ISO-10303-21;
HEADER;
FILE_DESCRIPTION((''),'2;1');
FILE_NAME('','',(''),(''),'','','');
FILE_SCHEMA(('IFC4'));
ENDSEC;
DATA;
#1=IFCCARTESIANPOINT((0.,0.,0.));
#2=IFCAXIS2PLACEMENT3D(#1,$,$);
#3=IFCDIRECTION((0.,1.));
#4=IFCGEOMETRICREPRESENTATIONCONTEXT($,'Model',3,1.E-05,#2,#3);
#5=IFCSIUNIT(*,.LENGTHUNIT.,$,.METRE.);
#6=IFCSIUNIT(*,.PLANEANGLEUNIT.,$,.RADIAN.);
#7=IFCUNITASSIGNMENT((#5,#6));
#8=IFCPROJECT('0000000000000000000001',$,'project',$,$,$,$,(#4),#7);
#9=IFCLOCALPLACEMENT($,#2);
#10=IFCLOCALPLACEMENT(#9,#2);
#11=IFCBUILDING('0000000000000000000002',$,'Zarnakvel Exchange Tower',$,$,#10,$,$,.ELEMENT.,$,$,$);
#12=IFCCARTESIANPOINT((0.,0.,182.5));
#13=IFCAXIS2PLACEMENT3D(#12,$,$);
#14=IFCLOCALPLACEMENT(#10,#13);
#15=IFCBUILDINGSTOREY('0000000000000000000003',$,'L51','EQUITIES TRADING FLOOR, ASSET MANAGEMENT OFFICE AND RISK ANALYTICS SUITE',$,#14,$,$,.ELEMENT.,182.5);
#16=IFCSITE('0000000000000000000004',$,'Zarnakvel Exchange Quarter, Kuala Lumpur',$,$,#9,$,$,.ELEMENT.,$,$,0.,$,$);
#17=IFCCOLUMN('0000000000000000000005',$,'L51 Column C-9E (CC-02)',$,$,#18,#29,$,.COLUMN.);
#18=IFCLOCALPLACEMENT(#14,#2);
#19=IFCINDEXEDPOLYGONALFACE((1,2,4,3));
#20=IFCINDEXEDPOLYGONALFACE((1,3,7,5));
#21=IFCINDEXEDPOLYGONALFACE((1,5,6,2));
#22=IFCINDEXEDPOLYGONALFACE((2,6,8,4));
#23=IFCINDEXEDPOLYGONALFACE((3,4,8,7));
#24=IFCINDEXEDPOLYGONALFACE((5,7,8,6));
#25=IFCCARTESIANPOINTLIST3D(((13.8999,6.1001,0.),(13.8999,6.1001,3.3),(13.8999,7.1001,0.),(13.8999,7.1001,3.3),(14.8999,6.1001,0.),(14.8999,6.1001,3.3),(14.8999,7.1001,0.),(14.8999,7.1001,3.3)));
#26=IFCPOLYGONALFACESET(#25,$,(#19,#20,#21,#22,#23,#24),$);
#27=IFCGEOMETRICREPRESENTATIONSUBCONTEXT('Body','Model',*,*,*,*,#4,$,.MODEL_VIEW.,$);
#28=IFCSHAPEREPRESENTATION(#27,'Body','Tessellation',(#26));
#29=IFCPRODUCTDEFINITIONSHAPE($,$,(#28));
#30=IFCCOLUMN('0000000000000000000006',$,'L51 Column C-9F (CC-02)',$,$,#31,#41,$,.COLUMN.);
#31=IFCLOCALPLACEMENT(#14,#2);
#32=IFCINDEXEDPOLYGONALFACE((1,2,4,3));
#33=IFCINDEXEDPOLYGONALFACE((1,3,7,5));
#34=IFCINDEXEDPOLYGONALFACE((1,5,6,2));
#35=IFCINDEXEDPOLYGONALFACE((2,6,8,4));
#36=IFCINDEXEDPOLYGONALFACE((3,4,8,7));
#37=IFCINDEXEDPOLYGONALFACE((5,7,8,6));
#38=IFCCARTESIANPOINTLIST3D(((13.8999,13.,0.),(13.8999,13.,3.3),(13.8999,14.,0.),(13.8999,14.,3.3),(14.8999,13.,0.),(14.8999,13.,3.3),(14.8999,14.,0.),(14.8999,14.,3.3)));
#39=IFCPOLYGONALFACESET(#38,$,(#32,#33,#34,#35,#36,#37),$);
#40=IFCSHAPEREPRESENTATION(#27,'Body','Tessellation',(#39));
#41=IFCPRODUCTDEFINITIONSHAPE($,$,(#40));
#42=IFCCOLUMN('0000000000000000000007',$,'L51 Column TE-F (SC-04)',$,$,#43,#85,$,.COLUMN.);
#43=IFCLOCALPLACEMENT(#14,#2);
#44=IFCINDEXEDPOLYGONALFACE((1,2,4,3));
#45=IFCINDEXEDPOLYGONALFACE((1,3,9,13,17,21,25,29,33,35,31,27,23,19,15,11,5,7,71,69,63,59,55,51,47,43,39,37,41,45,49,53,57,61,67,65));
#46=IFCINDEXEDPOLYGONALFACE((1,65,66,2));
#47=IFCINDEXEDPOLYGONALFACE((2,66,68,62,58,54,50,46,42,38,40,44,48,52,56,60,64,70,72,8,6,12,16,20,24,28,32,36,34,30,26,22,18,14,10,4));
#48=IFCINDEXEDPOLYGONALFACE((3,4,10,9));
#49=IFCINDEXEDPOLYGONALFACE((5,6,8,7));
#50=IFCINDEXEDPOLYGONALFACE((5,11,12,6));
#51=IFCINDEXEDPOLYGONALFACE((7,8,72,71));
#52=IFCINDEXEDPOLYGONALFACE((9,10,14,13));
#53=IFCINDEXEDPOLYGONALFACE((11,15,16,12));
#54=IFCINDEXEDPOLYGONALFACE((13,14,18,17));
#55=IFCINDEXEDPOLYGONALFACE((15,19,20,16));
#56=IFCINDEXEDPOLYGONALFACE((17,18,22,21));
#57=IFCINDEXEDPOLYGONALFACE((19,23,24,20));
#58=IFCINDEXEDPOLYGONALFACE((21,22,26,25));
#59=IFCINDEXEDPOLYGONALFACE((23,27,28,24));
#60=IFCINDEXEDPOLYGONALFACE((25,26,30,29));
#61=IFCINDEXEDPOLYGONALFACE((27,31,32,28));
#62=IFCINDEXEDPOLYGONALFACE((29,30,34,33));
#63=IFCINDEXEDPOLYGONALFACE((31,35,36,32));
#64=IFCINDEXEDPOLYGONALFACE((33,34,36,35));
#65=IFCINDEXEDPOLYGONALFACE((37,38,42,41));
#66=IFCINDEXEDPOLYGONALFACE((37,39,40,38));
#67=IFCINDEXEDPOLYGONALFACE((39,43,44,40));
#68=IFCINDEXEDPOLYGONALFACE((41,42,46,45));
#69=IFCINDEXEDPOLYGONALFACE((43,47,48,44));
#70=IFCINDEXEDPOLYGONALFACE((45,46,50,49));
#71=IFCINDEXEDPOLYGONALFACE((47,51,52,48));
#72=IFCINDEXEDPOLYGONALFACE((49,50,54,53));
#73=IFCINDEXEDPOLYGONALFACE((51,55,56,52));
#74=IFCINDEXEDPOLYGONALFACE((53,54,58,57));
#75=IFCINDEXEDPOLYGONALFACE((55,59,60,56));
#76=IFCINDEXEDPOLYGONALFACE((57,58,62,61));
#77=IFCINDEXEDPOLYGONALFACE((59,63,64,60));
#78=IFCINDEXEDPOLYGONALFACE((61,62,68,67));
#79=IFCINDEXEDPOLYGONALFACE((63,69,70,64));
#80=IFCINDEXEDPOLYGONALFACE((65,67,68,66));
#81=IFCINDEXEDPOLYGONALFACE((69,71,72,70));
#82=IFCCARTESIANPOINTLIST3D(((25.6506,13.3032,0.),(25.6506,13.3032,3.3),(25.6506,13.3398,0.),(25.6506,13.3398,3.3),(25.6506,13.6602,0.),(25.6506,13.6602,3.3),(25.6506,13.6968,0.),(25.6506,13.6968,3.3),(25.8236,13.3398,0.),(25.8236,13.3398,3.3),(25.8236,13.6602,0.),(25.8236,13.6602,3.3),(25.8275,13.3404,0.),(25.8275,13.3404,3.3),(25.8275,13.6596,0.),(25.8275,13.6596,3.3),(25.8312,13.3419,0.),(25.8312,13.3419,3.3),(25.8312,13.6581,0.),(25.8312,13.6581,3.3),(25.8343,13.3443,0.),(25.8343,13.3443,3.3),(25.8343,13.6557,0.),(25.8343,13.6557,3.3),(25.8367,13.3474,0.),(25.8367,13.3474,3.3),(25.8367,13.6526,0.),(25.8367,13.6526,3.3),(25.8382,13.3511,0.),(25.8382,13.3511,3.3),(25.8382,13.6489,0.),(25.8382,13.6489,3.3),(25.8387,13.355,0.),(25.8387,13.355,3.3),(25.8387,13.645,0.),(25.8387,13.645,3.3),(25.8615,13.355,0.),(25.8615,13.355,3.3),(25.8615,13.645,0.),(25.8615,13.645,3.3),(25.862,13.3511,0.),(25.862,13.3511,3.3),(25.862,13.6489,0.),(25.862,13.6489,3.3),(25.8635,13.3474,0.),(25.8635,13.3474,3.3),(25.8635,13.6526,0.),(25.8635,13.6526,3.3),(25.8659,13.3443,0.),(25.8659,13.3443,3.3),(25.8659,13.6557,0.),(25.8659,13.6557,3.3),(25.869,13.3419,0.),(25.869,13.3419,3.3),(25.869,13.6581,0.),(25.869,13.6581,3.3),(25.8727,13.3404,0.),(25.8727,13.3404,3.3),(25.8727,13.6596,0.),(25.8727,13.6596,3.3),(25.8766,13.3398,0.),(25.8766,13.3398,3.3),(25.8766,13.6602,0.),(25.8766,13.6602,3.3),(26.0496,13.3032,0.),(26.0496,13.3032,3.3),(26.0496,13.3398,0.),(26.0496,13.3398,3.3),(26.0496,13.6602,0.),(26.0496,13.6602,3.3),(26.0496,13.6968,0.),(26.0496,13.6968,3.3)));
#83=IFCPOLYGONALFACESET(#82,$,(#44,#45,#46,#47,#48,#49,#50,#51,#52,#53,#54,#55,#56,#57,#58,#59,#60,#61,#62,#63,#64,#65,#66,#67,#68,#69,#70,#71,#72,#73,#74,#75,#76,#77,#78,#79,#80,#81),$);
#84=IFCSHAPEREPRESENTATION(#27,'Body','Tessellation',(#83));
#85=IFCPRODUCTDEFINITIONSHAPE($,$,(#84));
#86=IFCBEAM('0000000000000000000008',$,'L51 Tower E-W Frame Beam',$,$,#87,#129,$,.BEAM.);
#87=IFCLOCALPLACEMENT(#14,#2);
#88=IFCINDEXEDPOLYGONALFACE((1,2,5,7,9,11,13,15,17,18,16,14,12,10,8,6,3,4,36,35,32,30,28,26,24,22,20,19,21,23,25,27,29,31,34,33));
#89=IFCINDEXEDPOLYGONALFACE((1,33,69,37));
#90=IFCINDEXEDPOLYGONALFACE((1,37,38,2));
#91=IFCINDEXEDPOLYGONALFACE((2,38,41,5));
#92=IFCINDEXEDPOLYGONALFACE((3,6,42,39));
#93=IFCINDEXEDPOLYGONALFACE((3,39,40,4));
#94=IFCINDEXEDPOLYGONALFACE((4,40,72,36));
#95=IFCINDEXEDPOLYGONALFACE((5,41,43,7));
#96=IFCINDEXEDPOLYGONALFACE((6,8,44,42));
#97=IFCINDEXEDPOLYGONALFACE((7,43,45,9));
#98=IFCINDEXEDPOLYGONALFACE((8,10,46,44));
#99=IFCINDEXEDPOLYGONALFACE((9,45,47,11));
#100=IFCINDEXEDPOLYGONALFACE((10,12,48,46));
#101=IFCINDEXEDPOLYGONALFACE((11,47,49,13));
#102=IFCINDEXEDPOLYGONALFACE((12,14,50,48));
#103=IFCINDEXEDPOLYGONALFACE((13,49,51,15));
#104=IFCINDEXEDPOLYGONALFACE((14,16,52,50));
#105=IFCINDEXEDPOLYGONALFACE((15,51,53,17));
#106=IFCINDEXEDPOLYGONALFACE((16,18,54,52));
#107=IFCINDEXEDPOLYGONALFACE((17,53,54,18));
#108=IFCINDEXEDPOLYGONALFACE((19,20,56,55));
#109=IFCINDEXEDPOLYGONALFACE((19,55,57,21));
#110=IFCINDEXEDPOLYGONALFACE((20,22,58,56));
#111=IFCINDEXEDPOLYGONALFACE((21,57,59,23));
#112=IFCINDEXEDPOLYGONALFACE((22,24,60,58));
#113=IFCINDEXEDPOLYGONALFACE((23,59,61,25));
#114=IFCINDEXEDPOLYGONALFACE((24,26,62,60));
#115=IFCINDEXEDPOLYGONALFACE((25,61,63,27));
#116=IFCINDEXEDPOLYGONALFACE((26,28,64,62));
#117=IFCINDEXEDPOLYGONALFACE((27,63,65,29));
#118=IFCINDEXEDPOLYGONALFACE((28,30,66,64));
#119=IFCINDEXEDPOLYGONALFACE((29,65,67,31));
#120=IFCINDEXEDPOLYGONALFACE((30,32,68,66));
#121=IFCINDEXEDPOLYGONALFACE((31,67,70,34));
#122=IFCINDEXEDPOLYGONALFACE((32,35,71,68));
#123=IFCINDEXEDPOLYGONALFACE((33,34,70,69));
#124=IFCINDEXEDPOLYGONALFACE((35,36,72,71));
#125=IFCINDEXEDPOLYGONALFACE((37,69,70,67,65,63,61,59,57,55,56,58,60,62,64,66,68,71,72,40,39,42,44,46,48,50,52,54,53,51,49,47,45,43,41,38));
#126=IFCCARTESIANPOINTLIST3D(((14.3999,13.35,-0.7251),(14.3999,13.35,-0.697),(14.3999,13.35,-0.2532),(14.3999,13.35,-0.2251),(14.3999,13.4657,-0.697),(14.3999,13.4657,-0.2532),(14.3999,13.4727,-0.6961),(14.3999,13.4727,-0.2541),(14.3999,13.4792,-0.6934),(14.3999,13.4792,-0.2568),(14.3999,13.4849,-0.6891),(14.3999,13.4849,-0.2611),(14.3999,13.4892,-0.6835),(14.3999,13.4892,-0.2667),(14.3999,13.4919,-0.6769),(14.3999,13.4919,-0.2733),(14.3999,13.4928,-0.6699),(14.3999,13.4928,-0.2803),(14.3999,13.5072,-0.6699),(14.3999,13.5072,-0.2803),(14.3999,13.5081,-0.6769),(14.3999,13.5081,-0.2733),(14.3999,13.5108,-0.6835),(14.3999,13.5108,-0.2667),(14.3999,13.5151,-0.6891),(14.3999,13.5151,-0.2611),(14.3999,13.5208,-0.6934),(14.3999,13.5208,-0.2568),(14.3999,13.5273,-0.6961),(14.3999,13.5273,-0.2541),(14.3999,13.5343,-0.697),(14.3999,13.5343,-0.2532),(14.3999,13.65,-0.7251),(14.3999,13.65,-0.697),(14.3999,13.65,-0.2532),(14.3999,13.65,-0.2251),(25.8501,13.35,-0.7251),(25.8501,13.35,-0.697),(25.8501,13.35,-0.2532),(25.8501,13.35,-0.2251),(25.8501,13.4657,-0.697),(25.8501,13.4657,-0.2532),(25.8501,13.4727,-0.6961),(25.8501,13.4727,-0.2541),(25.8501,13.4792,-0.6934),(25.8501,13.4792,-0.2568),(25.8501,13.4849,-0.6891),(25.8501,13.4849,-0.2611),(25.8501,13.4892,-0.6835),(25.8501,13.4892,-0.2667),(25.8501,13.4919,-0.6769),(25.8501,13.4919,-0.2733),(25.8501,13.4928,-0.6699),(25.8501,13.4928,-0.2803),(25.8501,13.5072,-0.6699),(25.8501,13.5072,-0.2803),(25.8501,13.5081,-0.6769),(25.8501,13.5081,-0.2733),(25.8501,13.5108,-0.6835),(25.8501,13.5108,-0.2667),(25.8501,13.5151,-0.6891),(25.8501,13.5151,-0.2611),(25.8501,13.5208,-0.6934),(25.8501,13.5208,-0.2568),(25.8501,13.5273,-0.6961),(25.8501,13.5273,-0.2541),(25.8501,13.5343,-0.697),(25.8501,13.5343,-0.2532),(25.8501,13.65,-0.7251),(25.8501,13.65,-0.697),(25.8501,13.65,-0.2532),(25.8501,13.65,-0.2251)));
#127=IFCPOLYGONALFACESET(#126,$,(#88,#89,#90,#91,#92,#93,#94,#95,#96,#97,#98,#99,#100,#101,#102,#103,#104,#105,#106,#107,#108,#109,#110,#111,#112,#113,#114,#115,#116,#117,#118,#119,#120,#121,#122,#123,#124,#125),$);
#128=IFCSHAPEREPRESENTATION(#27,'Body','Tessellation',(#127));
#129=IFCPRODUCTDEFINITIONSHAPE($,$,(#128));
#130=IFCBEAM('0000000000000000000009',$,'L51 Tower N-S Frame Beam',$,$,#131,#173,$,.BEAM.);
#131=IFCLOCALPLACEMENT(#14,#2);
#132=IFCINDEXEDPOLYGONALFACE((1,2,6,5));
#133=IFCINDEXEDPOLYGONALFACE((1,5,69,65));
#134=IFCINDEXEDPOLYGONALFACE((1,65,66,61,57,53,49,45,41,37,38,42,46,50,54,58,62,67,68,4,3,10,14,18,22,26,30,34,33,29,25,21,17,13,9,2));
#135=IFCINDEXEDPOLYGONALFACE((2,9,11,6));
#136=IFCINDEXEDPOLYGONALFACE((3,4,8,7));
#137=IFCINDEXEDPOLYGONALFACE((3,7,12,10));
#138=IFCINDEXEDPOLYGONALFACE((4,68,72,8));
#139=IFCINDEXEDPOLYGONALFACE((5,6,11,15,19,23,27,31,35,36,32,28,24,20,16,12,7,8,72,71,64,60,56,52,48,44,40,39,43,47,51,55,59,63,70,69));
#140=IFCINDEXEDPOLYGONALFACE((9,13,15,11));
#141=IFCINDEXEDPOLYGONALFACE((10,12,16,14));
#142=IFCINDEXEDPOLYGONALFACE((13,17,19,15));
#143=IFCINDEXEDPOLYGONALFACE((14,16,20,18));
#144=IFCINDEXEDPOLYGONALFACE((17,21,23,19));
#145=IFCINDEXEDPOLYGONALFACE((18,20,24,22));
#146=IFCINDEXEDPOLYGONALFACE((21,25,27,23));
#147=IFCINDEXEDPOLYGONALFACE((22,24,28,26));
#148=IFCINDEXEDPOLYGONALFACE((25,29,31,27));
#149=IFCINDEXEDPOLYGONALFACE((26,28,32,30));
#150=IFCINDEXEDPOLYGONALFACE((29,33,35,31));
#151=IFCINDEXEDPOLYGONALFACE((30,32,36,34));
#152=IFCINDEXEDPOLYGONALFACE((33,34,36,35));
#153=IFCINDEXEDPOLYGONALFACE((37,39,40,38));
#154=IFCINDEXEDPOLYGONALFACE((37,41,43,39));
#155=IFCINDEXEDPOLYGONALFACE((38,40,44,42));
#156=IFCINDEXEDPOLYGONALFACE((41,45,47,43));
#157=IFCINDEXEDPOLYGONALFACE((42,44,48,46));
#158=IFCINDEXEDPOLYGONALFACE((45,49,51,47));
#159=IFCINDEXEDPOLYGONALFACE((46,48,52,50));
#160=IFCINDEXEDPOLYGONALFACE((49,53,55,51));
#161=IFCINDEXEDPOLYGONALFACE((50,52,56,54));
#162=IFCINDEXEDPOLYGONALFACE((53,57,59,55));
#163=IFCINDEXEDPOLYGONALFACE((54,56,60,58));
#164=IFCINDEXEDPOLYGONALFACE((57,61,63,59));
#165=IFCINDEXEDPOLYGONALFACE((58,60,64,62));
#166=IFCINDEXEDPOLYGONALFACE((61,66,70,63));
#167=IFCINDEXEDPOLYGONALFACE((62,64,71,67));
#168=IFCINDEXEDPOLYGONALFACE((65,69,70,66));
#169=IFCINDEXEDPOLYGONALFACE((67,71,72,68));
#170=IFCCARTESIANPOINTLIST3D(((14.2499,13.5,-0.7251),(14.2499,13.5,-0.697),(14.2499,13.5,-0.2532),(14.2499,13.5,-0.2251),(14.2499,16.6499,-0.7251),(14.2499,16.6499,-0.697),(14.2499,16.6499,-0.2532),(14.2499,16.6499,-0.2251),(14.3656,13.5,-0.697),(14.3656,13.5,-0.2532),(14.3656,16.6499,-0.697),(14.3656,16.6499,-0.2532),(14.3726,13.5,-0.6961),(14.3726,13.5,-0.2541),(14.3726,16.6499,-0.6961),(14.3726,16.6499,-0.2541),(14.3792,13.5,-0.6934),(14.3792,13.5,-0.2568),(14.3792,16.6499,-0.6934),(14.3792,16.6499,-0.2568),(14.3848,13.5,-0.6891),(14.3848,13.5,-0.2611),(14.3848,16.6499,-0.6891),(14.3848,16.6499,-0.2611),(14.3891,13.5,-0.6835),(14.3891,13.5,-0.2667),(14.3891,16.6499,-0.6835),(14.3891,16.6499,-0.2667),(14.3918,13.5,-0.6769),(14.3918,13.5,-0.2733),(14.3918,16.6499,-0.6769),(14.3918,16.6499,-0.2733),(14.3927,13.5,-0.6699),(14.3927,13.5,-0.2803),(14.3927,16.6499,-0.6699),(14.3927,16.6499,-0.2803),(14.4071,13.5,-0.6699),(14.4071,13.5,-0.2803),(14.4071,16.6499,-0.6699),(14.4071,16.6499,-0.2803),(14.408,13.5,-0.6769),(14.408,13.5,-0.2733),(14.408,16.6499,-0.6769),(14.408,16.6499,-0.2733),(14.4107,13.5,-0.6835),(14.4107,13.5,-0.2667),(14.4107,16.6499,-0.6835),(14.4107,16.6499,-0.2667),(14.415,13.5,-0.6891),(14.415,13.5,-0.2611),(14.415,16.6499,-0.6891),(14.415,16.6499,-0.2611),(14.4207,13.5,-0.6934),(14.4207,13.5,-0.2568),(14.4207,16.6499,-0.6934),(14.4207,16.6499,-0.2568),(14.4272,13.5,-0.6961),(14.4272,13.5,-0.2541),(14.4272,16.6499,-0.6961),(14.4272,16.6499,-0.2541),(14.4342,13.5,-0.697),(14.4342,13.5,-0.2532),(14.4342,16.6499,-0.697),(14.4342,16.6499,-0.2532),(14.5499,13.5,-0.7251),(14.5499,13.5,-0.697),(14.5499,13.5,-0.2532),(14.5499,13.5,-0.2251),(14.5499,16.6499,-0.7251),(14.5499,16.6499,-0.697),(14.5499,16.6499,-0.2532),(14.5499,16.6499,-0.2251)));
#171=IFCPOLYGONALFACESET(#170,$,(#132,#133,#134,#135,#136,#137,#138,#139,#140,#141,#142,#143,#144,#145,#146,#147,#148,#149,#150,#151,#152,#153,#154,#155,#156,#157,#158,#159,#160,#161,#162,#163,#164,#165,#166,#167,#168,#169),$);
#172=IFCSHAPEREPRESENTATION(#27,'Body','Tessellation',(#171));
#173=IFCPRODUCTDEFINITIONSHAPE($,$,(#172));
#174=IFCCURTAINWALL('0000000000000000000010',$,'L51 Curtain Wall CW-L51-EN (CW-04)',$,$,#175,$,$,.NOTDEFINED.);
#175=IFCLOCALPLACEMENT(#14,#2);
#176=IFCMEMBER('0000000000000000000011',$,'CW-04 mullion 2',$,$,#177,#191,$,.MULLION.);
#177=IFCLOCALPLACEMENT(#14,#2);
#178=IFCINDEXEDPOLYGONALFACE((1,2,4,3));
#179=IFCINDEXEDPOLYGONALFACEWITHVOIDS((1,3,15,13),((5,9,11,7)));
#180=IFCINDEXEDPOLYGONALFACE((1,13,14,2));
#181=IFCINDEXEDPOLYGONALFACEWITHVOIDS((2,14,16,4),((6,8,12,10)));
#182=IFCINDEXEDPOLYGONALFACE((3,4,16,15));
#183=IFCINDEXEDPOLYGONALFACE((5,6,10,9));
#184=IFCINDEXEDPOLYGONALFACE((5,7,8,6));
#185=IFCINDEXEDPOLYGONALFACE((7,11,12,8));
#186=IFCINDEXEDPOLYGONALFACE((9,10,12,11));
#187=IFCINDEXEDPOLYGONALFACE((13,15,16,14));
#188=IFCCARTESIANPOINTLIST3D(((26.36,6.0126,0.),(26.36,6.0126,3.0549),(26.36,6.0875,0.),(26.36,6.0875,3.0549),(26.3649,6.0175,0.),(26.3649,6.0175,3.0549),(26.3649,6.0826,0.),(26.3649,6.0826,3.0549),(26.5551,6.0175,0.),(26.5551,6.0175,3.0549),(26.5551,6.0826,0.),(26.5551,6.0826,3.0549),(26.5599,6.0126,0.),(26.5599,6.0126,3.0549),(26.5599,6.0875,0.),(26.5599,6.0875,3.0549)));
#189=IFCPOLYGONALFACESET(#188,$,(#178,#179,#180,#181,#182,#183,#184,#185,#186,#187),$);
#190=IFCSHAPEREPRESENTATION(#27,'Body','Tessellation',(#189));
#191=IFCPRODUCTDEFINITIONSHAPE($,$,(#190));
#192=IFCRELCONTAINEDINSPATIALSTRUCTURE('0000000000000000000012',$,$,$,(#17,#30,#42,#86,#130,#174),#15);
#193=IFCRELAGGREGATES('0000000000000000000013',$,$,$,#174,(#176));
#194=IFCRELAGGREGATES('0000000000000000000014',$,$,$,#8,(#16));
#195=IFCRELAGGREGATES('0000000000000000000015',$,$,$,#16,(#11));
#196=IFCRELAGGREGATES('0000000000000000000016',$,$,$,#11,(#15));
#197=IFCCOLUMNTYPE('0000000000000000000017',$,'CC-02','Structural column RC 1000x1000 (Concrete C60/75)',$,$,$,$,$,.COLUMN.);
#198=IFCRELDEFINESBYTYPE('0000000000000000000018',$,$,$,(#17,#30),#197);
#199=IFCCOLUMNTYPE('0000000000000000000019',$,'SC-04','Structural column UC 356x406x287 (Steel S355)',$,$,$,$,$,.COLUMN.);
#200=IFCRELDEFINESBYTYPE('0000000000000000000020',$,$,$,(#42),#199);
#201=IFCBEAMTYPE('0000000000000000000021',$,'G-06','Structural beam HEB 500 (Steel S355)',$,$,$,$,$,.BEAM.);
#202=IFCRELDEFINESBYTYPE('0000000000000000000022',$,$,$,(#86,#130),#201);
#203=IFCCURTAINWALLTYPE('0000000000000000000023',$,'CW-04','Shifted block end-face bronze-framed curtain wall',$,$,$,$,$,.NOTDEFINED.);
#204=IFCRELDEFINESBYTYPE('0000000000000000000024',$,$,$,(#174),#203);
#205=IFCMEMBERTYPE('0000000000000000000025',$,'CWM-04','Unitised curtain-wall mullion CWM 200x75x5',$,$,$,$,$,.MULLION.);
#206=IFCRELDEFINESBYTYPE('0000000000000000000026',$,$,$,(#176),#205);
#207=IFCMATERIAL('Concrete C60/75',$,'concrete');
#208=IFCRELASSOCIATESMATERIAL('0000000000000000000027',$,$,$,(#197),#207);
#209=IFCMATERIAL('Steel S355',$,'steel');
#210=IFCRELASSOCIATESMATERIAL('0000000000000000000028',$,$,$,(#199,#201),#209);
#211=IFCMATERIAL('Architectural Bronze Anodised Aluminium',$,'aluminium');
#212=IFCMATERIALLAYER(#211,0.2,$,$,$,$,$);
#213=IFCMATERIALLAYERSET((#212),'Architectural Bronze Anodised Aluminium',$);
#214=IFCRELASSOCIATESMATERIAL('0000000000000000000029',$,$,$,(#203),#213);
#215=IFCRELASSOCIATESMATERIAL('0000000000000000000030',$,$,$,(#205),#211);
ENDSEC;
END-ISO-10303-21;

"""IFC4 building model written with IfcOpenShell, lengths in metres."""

from ifc_helpers import new_model, si_unit, direction, frame, origin, origin_2d, place, context, subcontext, project, spatial, rectangle, hollow_rectangle, i_section, extrude, source, transform, mapped, material, layer, layer_set, material_profile, profile_set, type_object, element, aggregate, save


model = new_model("IFC4")

# Units and contexts
model_context = context("Model", 3, precision=1e-05, world=origin(), true_north=direction((0.0, 1.0)))
body_context = subcontext(model_context, "Body", "Model", "MODEL_VIEW")
ifc_project = project(units=[si_unit("LENGTHUNIT", "METRE"), si_unit("PLANEANGLEUNIT", "RADIAN")], contexts=[model_context])

# Site, building, storey
site_placement = place(None, origin())
site = spatial("IfcSite", under=ifc_project, at=site_placement, Name="Zarnakvel Exchange Quarter, Kuala Lumpur", CompositionType="ELEMENT", RefElevation=0.0)
building_placement = place(site_placement, origin())
building = spatial("IfcBuilding", under=site, at=building_placement, Name="Zarnakvel Exchange Tower", CompositionType="ELEMENT")
storey_placement = place(building_placement, frame((0.0, 0.0, 182.5)))
storey = spatial("IfcBuildingStorey", under=building, at=storey_placement, Name="L51", Description="EQUITIES TRADING FLOOR, ASSET MANAGEMENT OFFICE AND RISK ANALYTICS SUITE", CompositionType="ELEMENT", Elevation=182.5)

# Columns
ifc_material_1 = material(Name="Concrete C60/75", Category="concrete")
ifc_material_profile_1 = material_profile(ifc_material_1, rectangle(XDim=1.0, YDim=1.0, at=origin_2d()))
ifc_profile_set_1 = profile_set([ifc_material_profile_1], Name="Concrete C60/75")
column_type_1 = type_object("IfcColumnType", Name="CC-02", Description="Structural column RC 1000x1000 (Concrete C60/75)", PredefinedType="COLUMN", material=ifc_profile_set_1)
for number, where, z_axis, x_axis, name in (
    (1, (14.3999, 6.6001, 0.0), (0.0, 0.0, 1.0), (1.0, 0.0, 0.0), "L51 Column C-9E (CC-02)"),
    (2, (14.3999, 13.5, 0.0), (0.0, 0.0, 1.0), (1.0, 0.0, 0.0), "L51 Column C-9F (CC-02)"),
):
    element("IfcColumn", number, at=place(storey_placement, frame(where, z_axis=z_axis, x_axis=x_axis)), inside=storey, type_object=column_type_1, Name=name, PredefinedType="COLUMN", context=body_context, shape_type="SweptSolid", body=[
        extrude(rectangle(XDim=1.0, YDim=1.0, at=origin_2d()), origin(), (0.0, 0.0, 1.0), 3.3),
    ])
ifc_material_2 = material(Name="Steel S355", Category="steel")
ifc_material_profile_2 = material_profile(ifc_material_2, i_section(OverallWidth=0.3989, OverallDepth=0.3936, WebThickness=0.0227, FlangeThickness=0.0366, FilletRadius=0.0151, at=origin_2d()))
ifc_profile_set_2 = profile_set([ifc_material_profile_2], Name="Steel S355")
column_type_2 = type_object("IfcColumnType", Name="SC-04", Description="Structural column UC 356x406x287 (Steel S355)", PredefinedType="COLUMN", material=ifc_profile_set_2)
column_placement = place(storey_placement, frame((25.8501, 13.5, 0.0), z_axis=(0.0, 0.0, 1.0), x_axis=(1.0, 0.0, 0.0)))
element("IfcColumn", 3, at=column_placement, inside=storey, type_object=column_type_2, Name="L51 Column TE-F (SC-04)", PredefinedType="COLUMN", context=body_context, shape_type="SweptSolid", body=[
    extrude(i_section(OverallWidth=0.3989, OverallDepth=0.3936, WebThickness=0.0227, FlangeThickness=0.0366, FilletRadius=0.0151, at=origin_2d()), origin(), (0.0, 0.0, 1.0), 3.3),
])

# Beams
ifc_material_profile_3 = material_profile(ifc_material_2, i_section(OverallWidth=0.3, OverallDepth=0.5, WebThickness=0.0144, FlangeThickness=0.0281, FilletRadius=0.0271, at=origin_2d()))
ifc_profile_set_3 = profile_set([ifc_material_profile_3], Name="Steel S355")
beam_type = type_object("IfcBeamType", Name="G-06", Description="Structural beam HEB 500 (Steel S355)", PredefinedType="BEAM", material=ifc_profile_set_3)
beam_1_placement = place(storey_placement, frame((14.3999, 13.5, -0.4751), z_axis=(1.0, 0.0, 0.0), x_axis=(0.0, 1.0, 0.0)))
element("IfcBeam", 4, at=beam_1_placement, inside=storey, type_object=beam_type, Name="L51 Tower E-W Frame Beam", PredefinedType="BEAM", context=body_context, shape_type="SweptSolid", body=[
    extrude(i_section(OverallWidth=0.3, OverallDepth=0.5, WebThickness=0.0144, FlangeThickness=0.0281, FilletRadius=0.0271, at=origin_2d()), origin(), (0.0, 0.0, 1.0), 11.4502),
])
beam_2_placement = place(storey_placement, frame((14.3999, 13.5, -0.4751), z_axis=(0.0, 1.0, 0.0), x_axis=(-1.0, 0.0, 0.0)))
element("IfcBeam", 5, at=beam_2_placement, inside=storey, type_object=beam_type, Name="L51 Tower N-S Frame Beam", PredefinedType="BEAM", context=body_context, shape_type="SweptSolid", body=[
    extrude(i_section(OverallWidth=0.3, OverallDepth=0.5, WebThickness=0.0144, FlangeThickness=0.0281, FilletRadius=0.0271, at=origin_2d()), origin(), (0.0, 0.0, 1.0), 3.1499),
])

# Curtain wall, member
ifc_material_3 = material(Name="Architectural Bronze Anodised Aluminium", Category="aluminium")
ifc_layer_1 = layer(ifc_material_3, 0.2)
ifc_layer_set_1 = layer_set([ifc_layer_1], Name="Architectural Bronze Anodised Aluminium")
curtain_wall_type = type_object("IfcCurtainWallType", Name="CW-04", Description="Shifted block end-face bronze-framed curtain wall", PredefinedType="NOTDEFINED", material=ifc_layer_set_1)
curtain_wall_placement = place(storey_placement, origin())
curtain_wall = element("IfcCurtainWall", 6, at=curtain_wall_placement, inside=storey, type_object=curtain_wall_type, Name="L51 Curtain Wall CW-L51-EN (CW-04)", PredefinedType="NOTDEFINED")
ifc_material_profile_4 = material_profile(ifc_material_3, hollow_rectangle(XDim=0.2, YDim=0.075, WallThickness=0.0049, at=origin_2d()))
ifc_profile_set_4 = profile_set([ifc_material_profile_4], Name="Architectural Bronze Anodised Aluminium")
member_type_1 = type_object("IfcMemberType", Name="CWM-04", Description="Unitised curtain-wall mullion CWM 200x75x5", PredefinedType="MULLION", material=ifc_profile_set_4)
shared_shape_1 = source(origin(), body_context, "Body", "SweptSolid", [
    extrude(hollow_rectangle(XDim=0.2, YDim=0.075, WallThickness=0.0049, at=origin_2d()), origin(), (0.0, 0.0, 1.0), 3.0549),
])
member_1_placement = place(storey_placement, frame((26.46, 6.05, 0.0), z_axis=(0.0, 0.0, 1.0), x_axis=(-1.0, 0.0, 0.0)))
member_1 = element("IfcMember", 7, at=member_1_placement, type_object=member_type_1, Name="CW-04 mullion 2", PredefinedType="MULLION", context=body_context, shape_type="MappedRepresentation", body=[
    mapped(shared_shape_1, transform((0.0, 0.0, 0.0), x_axis=(1.0, 0.0, 0.0), y_axis=(0.0, 1.0, 0.0), z_axis=(0.0, 0.0, 1.0), scale=1.0)),
])
aggregate(curtain_wall, [member_1])

save(model, "model.ifc")
